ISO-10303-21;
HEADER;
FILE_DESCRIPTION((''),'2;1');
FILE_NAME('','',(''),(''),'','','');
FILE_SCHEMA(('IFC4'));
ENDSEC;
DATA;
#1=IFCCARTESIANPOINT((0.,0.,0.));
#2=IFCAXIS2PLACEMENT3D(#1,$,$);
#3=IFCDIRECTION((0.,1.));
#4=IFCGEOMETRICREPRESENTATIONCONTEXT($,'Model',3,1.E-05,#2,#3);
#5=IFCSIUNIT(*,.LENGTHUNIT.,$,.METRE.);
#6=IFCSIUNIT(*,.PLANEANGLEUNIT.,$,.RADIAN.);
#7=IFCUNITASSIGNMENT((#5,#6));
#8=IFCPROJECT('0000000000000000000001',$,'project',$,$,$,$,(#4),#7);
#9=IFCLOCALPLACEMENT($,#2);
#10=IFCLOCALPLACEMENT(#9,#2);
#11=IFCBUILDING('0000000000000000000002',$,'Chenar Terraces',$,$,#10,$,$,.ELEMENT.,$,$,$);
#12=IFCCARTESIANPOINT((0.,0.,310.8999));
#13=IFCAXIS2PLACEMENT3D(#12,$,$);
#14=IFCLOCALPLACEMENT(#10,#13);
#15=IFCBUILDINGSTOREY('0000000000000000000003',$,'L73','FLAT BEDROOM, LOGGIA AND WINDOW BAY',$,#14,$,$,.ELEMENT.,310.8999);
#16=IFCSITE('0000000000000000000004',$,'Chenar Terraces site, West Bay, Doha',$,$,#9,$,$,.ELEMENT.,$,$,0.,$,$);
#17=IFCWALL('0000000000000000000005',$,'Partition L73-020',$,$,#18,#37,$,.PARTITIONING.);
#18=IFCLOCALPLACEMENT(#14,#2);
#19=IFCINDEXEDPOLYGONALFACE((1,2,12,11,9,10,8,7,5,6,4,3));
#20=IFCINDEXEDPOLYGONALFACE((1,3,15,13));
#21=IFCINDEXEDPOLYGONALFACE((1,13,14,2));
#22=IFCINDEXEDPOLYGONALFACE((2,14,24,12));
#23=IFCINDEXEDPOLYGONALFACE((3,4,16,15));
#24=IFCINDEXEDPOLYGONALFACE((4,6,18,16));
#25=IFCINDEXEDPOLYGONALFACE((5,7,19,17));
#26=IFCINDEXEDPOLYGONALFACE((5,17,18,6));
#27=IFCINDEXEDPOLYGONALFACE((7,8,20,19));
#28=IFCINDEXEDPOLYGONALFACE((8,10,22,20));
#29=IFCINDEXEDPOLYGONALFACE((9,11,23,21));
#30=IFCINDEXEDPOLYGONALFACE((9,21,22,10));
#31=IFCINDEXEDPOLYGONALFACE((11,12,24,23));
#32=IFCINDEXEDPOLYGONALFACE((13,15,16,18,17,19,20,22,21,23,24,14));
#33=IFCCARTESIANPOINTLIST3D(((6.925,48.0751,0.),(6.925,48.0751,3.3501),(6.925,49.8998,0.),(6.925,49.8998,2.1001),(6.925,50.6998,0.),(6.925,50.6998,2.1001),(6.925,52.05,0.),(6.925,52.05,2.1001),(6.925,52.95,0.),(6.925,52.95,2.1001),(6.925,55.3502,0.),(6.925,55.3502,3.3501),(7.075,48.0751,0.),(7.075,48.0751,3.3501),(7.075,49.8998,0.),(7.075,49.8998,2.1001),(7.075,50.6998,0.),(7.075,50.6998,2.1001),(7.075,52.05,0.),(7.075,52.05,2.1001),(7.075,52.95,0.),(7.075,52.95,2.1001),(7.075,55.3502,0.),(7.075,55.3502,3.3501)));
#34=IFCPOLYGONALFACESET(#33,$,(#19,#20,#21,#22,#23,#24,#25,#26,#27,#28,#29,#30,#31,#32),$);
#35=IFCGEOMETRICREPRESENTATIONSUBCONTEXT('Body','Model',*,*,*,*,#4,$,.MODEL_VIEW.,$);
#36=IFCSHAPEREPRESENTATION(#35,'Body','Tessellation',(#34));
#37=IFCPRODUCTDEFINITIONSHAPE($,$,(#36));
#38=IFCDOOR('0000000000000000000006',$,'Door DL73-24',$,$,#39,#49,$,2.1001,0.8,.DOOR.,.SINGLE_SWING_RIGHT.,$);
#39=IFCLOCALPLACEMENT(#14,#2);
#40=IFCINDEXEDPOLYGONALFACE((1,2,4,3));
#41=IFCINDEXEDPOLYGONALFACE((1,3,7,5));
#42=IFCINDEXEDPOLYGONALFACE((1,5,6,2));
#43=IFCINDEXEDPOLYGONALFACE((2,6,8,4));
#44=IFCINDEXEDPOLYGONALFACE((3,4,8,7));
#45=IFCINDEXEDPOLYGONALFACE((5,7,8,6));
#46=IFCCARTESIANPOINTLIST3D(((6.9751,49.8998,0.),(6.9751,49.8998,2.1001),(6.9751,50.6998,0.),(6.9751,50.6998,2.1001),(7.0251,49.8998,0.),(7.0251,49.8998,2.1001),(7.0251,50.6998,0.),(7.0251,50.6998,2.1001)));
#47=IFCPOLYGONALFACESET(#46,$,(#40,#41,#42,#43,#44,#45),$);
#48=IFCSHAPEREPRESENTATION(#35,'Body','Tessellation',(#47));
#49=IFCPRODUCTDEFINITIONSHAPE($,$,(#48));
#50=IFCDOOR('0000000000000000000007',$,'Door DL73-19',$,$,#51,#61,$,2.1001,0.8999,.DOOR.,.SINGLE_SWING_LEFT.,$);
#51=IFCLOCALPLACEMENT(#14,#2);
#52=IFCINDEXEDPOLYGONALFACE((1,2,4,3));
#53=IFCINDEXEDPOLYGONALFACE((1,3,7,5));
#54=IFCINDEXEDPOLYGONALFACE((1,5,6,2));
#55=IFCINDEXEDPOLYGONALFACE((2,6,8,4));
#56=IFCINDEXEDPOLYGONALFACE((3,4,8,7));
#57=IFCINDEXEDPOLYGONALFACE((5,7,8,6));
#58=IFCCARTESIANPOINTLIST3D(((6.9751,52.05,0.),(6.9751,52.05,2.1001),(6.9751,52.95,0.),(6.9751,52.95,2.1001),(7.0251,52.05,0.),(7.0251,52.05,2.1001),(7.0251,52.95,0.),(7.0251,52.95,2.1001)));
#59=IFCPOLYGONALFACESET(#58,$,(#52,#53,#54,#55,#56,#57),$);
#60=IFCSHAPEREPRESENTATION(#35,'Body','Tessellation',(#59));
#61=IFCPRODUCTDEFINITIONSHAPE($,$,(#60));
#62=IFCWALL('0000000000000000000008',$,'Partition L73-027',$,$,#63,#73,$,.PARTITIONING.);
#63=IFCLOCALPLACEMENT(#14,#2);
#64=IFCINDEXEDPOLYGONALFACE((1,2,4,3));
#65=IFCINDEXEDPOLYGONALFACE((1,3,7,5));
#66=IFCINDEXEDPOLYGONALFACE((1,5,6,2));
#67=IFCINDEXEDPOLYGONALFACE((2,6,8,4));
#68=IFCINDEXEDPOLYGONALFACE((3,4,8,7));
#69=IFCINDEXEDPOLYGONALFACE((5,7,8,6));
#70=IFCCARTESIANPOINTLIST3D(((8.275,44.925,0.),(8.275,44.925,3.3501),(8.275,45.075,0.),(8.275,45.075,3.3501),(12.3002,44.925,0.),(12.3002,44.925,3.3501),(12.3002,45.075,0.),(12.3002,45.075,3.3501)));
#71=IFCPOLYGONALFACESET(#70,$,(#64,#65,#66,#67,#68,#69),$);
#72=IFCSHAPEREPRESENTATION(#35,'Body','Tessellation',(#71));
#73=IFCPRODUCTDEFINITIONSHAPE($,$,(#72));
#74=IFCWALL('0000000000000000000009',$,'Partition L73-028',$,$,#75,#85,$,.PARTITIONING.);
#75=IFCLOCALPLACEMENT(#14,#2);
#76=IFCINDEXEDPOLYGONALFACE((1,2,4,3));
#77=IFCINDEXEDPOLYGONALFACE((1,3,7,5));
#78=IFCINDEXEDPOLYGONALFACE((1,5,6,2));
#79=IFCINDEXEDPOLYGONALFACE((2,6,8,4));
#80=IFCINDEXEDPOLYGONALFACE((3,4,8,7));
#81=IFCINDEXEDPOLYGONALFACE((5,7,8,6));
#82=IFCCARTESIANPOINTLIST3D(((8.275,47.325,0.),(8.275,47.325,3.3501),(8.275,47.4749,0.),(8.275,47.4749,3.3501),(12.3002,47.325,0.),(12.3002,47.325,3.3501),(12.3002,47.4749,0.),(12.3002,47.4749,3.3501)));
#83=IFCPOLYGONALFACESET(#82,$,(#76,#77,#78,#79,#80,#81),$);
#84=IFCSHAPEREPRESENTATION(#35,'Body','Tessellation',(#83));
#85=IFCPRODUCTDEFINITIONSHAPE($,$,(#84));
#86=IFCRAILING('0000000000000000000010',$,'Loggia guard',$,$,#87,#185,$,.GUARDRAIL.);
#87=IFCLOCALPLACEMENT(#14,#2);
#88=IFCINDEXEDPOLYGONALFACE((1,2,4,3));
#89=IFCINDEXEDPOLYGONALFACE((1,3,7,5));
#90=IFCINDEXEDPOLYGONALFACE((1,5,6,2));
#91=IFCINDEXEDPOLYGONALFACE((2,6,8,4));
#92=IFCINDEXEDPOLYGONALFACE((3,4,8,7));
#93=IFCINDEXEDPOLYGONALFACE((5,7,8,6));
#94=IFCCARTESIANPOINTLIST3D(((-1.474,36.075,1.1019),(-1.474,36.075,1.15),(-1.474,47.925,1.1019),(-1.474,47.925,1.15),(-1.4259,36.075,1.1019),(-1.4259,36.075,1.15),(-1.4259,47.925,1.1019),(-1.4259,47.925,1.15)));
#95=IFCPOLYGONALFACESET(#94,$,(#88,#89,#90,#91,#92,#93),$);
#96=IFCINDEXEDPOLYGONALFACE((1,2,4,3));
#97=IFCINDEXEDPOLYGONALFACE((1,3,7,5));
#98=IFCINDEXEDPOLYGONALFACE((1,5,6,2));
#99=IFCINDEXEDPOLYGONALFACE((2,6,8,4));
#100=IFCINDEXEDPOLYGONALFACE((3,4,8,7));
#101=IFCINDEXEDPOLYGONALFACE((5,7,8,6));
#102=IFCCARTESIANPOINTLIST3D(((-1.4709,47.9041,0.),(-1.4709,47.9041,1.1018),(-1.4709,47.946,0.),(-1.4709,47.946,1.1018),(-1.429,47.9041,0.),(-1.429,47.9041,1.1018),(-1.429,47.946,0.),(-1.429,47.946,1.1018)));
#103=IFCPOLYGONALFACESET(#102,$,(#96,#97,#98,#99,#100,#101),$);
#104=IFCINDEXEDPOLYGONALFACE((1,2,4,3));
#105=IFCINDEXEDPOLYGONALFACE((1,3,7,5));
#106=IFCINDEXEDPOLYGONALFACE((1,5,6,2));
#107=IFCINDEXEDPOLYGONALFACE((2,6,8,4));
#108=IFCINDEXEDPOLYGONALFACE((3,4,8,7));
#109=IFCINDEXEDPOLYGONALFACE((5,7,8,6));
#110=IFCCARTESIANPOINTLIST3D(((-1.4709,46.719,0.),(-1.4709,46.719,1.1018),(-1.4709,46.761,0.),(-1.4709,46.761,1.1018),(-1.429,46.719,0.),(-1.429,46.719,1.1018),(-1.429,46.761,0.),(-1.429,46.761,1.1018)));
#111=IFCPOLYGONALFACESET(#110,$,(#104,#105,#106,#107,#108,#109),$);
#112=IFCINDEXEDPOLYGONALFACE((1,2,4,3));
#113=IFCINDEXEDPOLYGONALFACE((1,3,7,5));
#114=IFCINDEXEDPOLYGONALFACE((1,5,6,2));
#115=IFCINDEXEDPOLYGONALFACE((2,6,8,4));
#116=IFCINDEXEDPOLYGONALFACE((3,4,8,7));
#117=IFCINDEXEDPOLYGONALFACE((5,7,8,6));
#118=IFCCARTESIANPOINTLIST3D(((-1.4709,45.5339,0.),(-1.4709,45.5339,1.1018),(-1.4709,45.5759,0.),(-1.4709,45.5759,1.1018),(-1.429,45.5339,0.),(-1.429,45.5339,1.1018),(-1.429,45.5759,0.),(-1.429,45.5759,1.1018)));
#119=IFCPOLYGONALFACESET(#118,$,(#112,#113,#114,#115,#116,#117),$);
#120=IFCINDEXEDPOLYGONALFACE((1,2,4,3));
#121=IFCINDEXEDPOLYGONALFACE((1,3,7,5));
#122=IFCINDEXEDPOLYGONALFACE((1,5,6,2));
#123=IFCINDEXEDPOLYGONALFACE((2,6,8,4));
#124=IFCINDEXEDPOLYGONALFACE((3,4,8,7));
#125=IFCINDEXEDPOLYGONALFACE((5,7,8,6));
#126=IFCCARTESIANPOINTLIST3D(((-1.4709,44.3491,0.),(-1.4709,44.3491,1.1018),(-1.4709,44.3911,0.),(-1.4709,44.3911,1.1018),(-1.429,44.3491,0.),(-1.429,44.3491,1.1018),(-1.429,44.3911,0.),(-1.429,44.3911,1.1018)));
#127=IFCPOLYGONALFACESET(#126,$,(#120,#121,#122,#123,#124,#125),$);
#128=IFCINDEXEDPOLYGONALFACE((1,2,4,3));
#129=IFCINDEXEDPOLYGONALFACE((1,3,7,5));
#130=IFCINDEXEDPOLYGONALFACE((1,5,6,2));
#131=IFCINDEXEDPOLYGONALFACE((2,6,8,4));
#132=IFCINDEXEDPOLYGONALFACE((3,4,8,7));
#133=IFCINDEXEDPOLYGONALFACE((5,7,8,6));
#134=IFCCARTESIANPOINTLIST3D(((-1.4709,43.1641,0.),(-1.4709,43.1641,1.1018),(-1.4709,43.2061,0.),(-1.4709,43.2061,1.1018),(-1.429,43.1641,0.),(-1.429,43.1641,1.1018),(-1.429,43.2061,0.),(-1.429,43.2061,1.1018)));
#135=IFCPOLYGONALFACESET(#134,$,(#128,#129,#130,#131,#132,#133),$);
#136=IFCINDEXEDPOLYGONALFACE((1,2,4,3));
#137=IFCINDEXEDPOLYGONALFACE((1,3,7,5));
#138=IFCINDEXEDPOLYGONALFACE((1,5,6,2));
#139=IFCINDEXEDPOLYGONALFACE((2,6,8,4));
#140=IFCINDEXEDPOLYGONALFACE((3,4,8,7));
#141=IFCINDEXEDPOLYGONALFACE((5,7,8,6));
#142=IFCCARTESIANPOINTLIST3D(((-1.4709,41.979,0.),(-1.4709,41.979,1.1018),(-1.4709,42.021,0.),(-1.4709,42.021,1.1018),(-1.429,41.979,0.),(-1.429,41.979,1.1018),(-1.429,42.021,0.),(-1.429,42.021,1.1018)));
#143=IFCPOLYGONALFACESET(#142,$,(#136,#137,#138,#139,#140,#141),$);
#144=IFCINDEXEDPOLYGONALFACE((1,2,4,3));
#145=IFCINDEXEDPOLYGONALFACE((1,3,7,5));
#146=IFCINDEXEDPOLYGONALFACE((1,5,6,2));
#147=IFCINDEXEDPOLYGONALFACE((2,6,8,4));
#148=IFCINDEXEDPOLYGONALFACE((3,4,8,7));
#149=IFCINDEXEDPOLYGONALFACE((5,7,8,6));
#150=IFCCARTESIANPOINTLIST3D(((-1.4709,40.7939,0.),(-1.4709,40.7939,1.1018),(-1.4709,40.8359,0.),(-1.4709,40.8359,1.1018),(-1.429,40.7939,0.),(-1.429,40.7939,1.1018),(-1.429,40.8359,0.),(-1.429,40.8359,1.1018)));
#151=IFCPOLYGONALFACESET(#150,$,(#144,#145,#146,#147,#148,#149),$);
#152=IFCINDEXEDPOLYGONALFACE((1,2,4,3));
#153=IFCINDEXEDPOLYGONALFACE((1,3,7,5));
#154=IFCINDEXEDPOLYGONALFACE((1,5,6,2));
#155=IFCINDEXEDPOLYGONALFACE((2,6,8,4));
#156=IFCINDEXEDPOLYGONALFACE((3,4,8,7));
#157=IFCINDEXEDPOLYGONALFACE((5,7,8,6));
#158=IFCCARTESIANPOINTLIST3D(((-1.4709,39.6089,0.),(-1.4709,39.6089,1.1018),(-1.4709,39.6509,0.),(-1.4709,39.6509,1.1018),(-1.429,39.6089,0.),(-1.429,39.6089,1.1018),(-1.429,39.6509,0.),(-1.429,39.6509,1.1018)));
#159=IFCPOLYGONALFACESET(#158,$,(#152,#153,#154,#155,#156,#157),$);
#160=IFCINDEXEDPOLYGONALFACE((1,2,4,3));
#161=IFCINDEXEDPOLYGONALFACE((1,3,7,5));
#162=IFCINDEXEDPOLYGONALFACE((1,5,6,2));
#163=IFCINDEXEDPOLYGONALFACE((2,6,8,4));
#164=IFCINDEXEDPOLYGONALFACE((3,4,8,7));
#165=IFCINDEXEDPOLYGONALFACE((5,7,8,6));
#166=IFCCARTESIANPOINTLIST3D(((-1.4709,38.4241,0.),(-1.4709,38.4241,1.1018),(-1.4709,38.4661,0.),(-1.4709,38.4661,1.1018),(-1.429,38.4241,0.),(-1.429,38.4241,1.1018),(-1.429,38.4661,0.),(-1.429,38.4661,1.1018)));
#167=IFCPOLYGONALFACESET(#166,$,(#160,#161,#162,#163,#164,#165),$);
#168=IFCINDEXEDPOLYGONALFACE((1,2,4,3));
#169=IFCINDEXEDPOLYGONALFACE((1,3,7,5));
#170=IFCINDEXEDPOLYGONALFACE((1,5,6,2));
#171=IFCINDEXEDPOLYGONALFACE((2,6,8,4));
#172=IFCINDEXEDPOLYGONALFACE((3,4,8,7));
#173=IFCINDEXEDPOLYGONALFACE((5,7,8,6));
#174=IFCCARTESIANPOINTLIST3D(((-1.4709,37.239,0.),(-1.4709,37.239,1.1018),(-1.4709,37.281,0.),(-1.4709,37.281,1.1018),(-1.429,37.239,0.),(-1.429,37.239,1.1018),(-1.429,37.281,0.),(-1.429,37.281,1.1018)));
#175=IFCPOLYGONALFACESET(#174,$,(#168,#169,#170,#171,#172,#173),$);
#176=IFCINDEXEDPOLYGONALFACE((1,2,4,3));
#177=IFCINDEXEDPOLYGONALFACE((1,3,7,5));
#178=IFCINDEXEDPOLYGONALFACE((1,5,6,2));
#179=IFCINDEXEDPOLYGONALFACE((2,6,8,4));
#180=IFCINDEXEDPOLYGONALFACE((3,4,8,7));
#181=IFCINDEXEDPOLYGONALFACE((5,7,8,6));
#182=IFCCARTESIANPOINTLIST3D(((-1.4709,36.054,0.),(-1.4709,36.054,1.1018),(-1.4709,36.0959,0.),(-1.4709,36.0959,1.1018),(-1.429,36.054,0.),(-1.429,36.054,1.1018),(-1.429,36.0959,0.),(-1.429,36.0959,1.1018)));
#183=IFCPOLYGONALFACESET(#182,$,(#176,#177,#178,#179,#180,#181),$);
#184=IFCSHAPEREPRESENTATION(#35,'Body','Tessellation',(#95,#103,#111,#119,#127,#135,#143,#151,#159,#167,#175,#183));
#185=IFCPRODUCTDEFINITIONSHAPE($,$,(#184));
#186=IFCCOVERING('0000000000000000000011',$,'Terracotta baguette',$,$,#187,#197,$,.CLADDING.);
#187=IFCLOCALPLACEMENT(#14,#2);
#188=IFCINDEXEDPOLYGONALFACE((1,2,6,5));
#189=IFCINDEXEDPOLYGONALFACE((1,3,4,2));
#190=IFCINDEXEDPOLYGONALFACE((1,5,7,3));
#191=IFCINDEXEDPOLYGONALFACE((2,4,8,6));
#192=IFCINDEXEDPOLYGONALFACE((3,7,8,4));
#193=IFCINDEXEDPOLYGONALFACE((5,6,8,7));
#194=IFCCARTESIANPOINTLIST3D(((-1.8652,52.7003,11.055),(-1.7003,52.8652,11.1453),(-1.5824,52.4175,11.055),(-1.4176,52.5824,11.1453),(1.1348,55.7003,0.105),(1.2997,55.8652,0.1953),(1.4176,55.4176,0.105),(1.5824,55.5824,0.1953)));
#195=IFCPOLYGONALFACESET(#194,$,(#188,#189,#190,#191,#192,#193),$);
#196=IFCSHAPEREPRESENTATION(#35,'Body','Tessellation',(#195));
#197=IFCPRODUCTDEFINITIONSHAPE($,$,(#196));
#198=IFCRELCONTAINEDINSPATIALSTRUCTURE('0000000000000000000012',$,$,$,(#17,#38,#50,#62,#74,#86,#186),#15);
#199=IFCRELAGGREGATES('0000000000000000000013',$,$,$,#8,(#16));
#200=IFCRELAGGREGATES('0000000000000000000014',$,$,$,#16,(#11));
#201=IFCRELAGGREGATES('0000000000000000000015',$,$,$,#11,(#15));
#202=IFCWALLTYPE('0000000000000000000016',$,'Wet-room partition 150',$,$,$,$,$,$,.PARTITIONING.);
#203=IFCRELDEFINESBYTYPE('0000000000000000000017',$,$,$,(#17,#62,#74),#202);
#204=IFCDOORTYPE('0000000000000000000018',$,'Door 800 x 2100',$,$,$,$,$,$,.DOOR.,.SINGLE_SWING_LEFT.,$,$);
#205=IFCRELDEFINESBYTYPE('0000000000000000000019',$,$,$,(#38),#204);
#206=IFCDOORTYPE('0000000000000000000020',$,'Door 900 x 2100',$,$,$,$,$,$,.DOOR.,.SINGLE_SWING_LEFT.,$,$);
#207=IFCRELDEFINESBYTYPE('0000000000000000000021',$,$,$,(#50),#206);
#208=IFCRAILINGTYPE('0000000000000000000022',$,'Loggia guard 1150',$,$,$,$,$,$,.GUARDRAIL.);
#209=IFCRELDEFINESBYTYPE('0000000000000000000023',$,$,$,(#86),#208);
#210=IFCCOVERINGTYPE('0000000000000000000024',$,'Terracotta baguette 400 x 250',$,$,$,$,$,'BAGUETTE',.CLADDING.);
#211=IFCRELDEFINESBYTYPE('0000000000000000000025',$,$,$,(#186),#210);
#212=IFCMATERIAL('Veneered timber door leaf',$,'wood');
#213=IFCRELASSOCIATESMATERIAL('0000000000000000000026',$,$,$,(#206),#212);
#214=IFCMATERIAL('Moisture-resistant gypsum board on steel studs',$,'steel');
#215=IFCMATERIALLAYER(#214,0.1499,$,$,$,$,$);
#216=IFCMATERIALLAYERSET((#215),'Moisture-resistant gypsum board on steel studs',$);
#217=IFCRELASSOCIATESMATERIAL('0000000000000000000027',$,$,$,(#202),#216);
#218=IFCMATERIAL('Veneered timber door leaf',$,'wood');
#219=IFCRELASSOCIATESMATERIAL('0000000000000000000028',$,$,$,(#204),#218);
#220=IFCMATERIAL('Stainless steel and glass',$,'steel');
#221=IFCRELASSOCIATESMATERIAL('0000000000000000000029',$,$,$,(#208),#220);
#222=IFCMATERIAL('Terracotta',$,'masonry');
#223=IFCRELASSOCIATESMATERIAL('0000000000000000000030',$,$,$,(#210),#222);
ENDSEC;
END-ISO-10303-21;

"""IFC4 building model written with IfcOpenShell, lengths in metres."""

from ifc_helpers import new_model, si_unit, direction, frame, frame_2d, origin, origin_2d, place, context, subcontext, project, spatial, rectangle, extrude, material, layer, layer_set, material_profile, profile_set, type_object, element, fill, save


model = new_model("IFC4")

# Units and contexts
model_context = context("Model", 3, precision=1e-05, world=origin(), true_north=direction((0.0, 1.0)))
body_context = subcontext(model_context, "Body", "Model", "MODEL_VIEW")
ifc_project = project(units=[si_unit("LENGTHUNIT", "METRE"), si_unit("PLANEANGLEUNIT", "RADIAN")], contexts=[model_context])

# Site, building, storey
site_placement = place(None, origin())
site = spatial("IfcSite", under=ifc_project, at=site_placement, Name="Chenar Terraces site, West Bay, Doha", CompositionType="ELEMENT", RefElevation=0.0)
building_placement = place(site_placement, origin())
building = spatial("IfcBuilding", under=site, at=building_placement, Name="Chenar Terraces", CompositionType="ELEMENT")
storey_placement = place(building_placement, frame((0.0, 0.0, 310.8999)))
storey = spatial("IfcBuildingStorey", under=building, at=storey_placement, Name="L73", Description="FLAT BEDROOM, LOGGIA AND WINDOW BAY", CompositionType="ELEMENT", Elevation=310.8999)

# Shared definitions
ifc_material_1 = material(Name="Veneered timber door leaf", Category="wood")
door_type_1 = type_object("IfcDoorType", Name="Door 900 x 2100", OperationType="SINGLE_SWING_LEFT", PredefinedType="DOOR", material=ifc_material_1)

# Shared definitions
ifc_material_2 = material(Name="Moisture-resistant gypsum board on steel studs", Category="steel")
ifc_layer_1 = layer(ifc_material_2, 0.1499)
ifc_layer_set_1 = layer_set([ifc_layer_1], Name="Moisture-resistant gypsum board on steel studs")
wall_type_1 = type_object("IfcWallType", Name="Wet-room partition 150", PredefinedType="PARTITIONING", material=ifc_layer_set_1)

# Shared definitions
ifc_material_3 = material(Name="Veneered timber door leaf", Category="wood")
door_type_2 = type_object("IfcDoorType", Name="Door 800 x 2100", OperationType="SINGLE_SWING_LEFT", PredefinedType="DOOR", material=ifc_material_3)

# Wall, openings, doors
wall_1_placement = place(storey_placement, frame((7.0, 48.075, 0.0), z_axis=(0.0, 0.0, 1.0), x_axis=(0.0, 1.0, 0.0)))
wall_1 = element("IfcWall", 1, at=wall_1_placement, inside=storey, type_object=wall_type_1, Name="Partition L73-020", PredefinedType="PARTITIONING", context=body_context, shape_type="SweptSolid", body=[
    extrude(rectangle(XDim=7.2751, YDim=0.1499, at=frame_2d((3.6377, 0.0))), origin(), (0.0, 0.0, 1.0), 3.3501),
])
opening_1_placement = place(wall_1_placement, frame((3.9751, 0.0, 0.0)))
opening_1 = element("IfcOpeningElement", 2, at=opening_1_placement, cuts=wall_1, PredefinedType="OPENING", context=body_context, shape_type="SweptSolid", body=[
    extrude(rectangle(XDim=0.8999, YDim=2.1001, at=frame_2d((0.45, 1.05))), frame((0.0, 0.085, 0.0), z_axis=(0.0, -1.0, 0.0), x_axis=(1.0, 0.0, 0.0)), (0.0, 0.0, 1.0), 0.1699),
])
opening_2_placement = place(wall_1_placement, frame((1.825, 0.0, 0.0)))
opening_2 = element("IfcOpeningElement", 3, at=opening_2_placement, cuts=wall_1, PredefinedType="OPENING", context=body_context, shape_type="SweptSolid", body=[
    extrude(rectangle(XDim=0.8, YDim=2.1001, at=frame_2d((0.3999, 1.05))), frame((0.0, 0.085, 0.0), z_axis=(0.0, -1.0, 0.0), x_axis=(1.0, 0.0, 0.0)), (0.0, 0.0, 1.0), 0.1699),
])
door_1_placement = place(opening_2_placement, origin())
door_1 = element("IfcDoor", 4, at=door_1_placement, inside=storey, type_object=door_type_2, Name="Door DL73-24", OperationType="SINGLE_SWING_RIGHT", OverallHeight=2.1001, OverallWidth=0.8, PredefinedType="DOOR", context=body_context, shape_type="SweptSolid", body=[
    extrude(rectangle(XDim=0.8, YDim=2.1001, at=frame_2d((0.3999, 1.05))), frame((0.0, 0.0249, 0.0), z_axis=(0.0, -1.0, 0.0), x_axis=(1.0, 0.0, 0.0)), (0.0, 0.0, 1.0), 0.05),
])
fill(opening_2, door_1)
door_2_placement = place(opening_1_placement, origin())
door_2 = element("IfcDoor", 5, at=door_2_placement, inside=storey, type_object=door_type_1, Name="Door DL73-19", OperationType="SINGLE_SWING_LEFT", OverallHeight=2.1001, OverallWidth=0.8999, PredefinedType="DOOR", context=body_context, shape_type="SweptSolid", body=[
    extrude(rectangle(XDim=0.8999, YDim=2.1001, at=frame_2d((0.45, 1.05))), frame((0.0, 0.0249, 0.0), z_axis=(0.0, -1.0, 0.0), x_axis=(1.0, 0.0, 0.0)), (0.0, 0.0, 1.0), 0.05),
])
fill(opening_1, door_2)

# Walls
for number, where, z_axis, x_axis, name in (
    (6, (8.2749, 45.0, 0.0), (0.0, 0.0, 1.0), (1.0, 0.0, 0.0), "Partition L73-027"),
    (7, (8.2749, 47.3999, 0.0), (0.0, 0.0, 1.0), (1.0, 0.0, 0.0), "Partition L73-028"),
):
    element("IfcWall", number, at=place(storey_placement, frame(where, z_axis=z_axis, x_axis=x_axis)), inside=storey, type_object=wall_type_1, Name=name, PredefinedType="PARTITIONING", context=body_context, shape_type="SweptSolid", body=[
        extrude(rectangle(XDim=4.0251, YDim=0.1499, at=frame_2d((2.0127, 0.0))), origin(), (0.0, 0.0, 1.0), 3.3501),
    ])

# Railing
ifc_material_4 = material(Name="Stainless steel and glass", Category="steel")
railing_type = type_object("IfcRailingType", Name="Loggia guard 1150", PredefinedType="GUARDRAIL", material=ifc_material_4)
railing_placement = place(storey_placement, frame((-1.45, 47.925, 0.0)))
element("IfcRailing", 8, at=railing_placement, inside=storey, type_object=railing_type, Name="Loggia guard", PredefinedType="GUARDRAIL", context=body_context, shape_type="SweptSolid", body=[
    extrude(rectangle(XDim=0.0481, YDim=0.0481, at=origin_2d()), frame((0.0, 0.0, 1.126), z_axis=(0.0, -1.0, 0.0), x_axis=(1.0, 0.0, 0.0)), (0.0, 0.0, 1.0), 11.8501),
    extrude(rectangle(XDim=0.042, YDim=0.042, at=origin_2d()), origin(), (0.0, 0.0, 1.0), 1.1018),
    extrude(rectangle(XDim=0.042, YDim=0.042, at=origin_2d()), frame((0.0, -1.1851, 0.0)), (0.0, 0.0, 1.0), 1.1018),
    extrude(rectangle(XDim=0.042, YDim=0.042, at=origin_2d()), frame((0.0, -2.3701, 0.0)), (0.0, 0.0, 1.0), 1.1018),
    extrude(rectangle(XDim=0.042, YDim=0.042, at=origin_2d()), frame((0.0, -3.5549, 0.0)), (0.0, 0.0, 1.0), 1.1018),
    extrude(rectangle(XDim=0.042, YDim=0.042, at=origin_2d()), frame((0.0, -4.74, 0.0)), (0.0, 0.0, 1.0), 1.1018),
    extrude(rectangle(XDim=0.042, YDim=0.042, at=origin_2d()), frame((0.0, -5.925, 0.0)), (0.0, 0.0, 1.0), 1.1018),
    extrude(rectangle(XDim=0.042, YDim=0.042, at=origin_2d()), frame((0.0, -7.1101, 0.0)), (0.0, 0.0, 1.0), 1.1018),
    extrude(rectangle(XDim=0.042, YDim=0.042, at=origin_2d()), frame((0.0, -8.2952, 0.0)), (0.0, 0.0, 1.0), 1.1018),
    extrude(rectangle(XDim=0.042, YDim=0.042, at=origin_2d()), frame((0.0, -9.48, 0.0)), (0.0, 0.0, 1.0), 1.1018),
    extrude(rectangle(XDim=0.042, YDim=0.042, at=origin_2d()), frame((0.0, -10.665, 0.0)), (0.0, 0.0, 1.0), 1.1018),
    extrude(rectangle(XDim=0.042, YDim=0.042, at=origin_2d()), frame((0.0, -11.8501, 0.0)), (0.0, 0.0, 1.0), 1.1018),
])

# Covering
ifc_material_5 = material(Name="Terracotta", Category="masonry")
ifc_material_profile_1 = material_profile(ifc_material_5, rectangle(XDim=0.3999, YDim=0.25, at=origin_2d()), Name="Terracotta baguette 400 x 250")
ifc_profile_set_1 = profile_set([ifc_material_profile_1], Name="Terracotta")
covering_type = type_object("IfcCoveringType", Name="Terracotta baguette 400 x 250", ElementType="BAGUETTE", PredefinedType="CLADDING", material=ifc_profile_set_1)
covering_1_placement = place(storey_placement, frame((1.3586, 55.6414, 0.1501), z_axis=(-0.255468, -0.255468, 0.932455), x_axis=(0.707107, -0.707107, 0.0)))
element("IfcCovering", 9, at=covering_1_placement, inside=storey, type_object=covering_type, Name="Terracotta baguette", PredefinedType="CLADDING", context=body_context, shape_type="SweptSolid", body=[
    extrude(rectangle(XDim=0.3999, YDim=0.25, at=origin_2d()), origin(), (0.0, 0.0, 1.0), 11.7432),
])

save(model, "model.ifc")
